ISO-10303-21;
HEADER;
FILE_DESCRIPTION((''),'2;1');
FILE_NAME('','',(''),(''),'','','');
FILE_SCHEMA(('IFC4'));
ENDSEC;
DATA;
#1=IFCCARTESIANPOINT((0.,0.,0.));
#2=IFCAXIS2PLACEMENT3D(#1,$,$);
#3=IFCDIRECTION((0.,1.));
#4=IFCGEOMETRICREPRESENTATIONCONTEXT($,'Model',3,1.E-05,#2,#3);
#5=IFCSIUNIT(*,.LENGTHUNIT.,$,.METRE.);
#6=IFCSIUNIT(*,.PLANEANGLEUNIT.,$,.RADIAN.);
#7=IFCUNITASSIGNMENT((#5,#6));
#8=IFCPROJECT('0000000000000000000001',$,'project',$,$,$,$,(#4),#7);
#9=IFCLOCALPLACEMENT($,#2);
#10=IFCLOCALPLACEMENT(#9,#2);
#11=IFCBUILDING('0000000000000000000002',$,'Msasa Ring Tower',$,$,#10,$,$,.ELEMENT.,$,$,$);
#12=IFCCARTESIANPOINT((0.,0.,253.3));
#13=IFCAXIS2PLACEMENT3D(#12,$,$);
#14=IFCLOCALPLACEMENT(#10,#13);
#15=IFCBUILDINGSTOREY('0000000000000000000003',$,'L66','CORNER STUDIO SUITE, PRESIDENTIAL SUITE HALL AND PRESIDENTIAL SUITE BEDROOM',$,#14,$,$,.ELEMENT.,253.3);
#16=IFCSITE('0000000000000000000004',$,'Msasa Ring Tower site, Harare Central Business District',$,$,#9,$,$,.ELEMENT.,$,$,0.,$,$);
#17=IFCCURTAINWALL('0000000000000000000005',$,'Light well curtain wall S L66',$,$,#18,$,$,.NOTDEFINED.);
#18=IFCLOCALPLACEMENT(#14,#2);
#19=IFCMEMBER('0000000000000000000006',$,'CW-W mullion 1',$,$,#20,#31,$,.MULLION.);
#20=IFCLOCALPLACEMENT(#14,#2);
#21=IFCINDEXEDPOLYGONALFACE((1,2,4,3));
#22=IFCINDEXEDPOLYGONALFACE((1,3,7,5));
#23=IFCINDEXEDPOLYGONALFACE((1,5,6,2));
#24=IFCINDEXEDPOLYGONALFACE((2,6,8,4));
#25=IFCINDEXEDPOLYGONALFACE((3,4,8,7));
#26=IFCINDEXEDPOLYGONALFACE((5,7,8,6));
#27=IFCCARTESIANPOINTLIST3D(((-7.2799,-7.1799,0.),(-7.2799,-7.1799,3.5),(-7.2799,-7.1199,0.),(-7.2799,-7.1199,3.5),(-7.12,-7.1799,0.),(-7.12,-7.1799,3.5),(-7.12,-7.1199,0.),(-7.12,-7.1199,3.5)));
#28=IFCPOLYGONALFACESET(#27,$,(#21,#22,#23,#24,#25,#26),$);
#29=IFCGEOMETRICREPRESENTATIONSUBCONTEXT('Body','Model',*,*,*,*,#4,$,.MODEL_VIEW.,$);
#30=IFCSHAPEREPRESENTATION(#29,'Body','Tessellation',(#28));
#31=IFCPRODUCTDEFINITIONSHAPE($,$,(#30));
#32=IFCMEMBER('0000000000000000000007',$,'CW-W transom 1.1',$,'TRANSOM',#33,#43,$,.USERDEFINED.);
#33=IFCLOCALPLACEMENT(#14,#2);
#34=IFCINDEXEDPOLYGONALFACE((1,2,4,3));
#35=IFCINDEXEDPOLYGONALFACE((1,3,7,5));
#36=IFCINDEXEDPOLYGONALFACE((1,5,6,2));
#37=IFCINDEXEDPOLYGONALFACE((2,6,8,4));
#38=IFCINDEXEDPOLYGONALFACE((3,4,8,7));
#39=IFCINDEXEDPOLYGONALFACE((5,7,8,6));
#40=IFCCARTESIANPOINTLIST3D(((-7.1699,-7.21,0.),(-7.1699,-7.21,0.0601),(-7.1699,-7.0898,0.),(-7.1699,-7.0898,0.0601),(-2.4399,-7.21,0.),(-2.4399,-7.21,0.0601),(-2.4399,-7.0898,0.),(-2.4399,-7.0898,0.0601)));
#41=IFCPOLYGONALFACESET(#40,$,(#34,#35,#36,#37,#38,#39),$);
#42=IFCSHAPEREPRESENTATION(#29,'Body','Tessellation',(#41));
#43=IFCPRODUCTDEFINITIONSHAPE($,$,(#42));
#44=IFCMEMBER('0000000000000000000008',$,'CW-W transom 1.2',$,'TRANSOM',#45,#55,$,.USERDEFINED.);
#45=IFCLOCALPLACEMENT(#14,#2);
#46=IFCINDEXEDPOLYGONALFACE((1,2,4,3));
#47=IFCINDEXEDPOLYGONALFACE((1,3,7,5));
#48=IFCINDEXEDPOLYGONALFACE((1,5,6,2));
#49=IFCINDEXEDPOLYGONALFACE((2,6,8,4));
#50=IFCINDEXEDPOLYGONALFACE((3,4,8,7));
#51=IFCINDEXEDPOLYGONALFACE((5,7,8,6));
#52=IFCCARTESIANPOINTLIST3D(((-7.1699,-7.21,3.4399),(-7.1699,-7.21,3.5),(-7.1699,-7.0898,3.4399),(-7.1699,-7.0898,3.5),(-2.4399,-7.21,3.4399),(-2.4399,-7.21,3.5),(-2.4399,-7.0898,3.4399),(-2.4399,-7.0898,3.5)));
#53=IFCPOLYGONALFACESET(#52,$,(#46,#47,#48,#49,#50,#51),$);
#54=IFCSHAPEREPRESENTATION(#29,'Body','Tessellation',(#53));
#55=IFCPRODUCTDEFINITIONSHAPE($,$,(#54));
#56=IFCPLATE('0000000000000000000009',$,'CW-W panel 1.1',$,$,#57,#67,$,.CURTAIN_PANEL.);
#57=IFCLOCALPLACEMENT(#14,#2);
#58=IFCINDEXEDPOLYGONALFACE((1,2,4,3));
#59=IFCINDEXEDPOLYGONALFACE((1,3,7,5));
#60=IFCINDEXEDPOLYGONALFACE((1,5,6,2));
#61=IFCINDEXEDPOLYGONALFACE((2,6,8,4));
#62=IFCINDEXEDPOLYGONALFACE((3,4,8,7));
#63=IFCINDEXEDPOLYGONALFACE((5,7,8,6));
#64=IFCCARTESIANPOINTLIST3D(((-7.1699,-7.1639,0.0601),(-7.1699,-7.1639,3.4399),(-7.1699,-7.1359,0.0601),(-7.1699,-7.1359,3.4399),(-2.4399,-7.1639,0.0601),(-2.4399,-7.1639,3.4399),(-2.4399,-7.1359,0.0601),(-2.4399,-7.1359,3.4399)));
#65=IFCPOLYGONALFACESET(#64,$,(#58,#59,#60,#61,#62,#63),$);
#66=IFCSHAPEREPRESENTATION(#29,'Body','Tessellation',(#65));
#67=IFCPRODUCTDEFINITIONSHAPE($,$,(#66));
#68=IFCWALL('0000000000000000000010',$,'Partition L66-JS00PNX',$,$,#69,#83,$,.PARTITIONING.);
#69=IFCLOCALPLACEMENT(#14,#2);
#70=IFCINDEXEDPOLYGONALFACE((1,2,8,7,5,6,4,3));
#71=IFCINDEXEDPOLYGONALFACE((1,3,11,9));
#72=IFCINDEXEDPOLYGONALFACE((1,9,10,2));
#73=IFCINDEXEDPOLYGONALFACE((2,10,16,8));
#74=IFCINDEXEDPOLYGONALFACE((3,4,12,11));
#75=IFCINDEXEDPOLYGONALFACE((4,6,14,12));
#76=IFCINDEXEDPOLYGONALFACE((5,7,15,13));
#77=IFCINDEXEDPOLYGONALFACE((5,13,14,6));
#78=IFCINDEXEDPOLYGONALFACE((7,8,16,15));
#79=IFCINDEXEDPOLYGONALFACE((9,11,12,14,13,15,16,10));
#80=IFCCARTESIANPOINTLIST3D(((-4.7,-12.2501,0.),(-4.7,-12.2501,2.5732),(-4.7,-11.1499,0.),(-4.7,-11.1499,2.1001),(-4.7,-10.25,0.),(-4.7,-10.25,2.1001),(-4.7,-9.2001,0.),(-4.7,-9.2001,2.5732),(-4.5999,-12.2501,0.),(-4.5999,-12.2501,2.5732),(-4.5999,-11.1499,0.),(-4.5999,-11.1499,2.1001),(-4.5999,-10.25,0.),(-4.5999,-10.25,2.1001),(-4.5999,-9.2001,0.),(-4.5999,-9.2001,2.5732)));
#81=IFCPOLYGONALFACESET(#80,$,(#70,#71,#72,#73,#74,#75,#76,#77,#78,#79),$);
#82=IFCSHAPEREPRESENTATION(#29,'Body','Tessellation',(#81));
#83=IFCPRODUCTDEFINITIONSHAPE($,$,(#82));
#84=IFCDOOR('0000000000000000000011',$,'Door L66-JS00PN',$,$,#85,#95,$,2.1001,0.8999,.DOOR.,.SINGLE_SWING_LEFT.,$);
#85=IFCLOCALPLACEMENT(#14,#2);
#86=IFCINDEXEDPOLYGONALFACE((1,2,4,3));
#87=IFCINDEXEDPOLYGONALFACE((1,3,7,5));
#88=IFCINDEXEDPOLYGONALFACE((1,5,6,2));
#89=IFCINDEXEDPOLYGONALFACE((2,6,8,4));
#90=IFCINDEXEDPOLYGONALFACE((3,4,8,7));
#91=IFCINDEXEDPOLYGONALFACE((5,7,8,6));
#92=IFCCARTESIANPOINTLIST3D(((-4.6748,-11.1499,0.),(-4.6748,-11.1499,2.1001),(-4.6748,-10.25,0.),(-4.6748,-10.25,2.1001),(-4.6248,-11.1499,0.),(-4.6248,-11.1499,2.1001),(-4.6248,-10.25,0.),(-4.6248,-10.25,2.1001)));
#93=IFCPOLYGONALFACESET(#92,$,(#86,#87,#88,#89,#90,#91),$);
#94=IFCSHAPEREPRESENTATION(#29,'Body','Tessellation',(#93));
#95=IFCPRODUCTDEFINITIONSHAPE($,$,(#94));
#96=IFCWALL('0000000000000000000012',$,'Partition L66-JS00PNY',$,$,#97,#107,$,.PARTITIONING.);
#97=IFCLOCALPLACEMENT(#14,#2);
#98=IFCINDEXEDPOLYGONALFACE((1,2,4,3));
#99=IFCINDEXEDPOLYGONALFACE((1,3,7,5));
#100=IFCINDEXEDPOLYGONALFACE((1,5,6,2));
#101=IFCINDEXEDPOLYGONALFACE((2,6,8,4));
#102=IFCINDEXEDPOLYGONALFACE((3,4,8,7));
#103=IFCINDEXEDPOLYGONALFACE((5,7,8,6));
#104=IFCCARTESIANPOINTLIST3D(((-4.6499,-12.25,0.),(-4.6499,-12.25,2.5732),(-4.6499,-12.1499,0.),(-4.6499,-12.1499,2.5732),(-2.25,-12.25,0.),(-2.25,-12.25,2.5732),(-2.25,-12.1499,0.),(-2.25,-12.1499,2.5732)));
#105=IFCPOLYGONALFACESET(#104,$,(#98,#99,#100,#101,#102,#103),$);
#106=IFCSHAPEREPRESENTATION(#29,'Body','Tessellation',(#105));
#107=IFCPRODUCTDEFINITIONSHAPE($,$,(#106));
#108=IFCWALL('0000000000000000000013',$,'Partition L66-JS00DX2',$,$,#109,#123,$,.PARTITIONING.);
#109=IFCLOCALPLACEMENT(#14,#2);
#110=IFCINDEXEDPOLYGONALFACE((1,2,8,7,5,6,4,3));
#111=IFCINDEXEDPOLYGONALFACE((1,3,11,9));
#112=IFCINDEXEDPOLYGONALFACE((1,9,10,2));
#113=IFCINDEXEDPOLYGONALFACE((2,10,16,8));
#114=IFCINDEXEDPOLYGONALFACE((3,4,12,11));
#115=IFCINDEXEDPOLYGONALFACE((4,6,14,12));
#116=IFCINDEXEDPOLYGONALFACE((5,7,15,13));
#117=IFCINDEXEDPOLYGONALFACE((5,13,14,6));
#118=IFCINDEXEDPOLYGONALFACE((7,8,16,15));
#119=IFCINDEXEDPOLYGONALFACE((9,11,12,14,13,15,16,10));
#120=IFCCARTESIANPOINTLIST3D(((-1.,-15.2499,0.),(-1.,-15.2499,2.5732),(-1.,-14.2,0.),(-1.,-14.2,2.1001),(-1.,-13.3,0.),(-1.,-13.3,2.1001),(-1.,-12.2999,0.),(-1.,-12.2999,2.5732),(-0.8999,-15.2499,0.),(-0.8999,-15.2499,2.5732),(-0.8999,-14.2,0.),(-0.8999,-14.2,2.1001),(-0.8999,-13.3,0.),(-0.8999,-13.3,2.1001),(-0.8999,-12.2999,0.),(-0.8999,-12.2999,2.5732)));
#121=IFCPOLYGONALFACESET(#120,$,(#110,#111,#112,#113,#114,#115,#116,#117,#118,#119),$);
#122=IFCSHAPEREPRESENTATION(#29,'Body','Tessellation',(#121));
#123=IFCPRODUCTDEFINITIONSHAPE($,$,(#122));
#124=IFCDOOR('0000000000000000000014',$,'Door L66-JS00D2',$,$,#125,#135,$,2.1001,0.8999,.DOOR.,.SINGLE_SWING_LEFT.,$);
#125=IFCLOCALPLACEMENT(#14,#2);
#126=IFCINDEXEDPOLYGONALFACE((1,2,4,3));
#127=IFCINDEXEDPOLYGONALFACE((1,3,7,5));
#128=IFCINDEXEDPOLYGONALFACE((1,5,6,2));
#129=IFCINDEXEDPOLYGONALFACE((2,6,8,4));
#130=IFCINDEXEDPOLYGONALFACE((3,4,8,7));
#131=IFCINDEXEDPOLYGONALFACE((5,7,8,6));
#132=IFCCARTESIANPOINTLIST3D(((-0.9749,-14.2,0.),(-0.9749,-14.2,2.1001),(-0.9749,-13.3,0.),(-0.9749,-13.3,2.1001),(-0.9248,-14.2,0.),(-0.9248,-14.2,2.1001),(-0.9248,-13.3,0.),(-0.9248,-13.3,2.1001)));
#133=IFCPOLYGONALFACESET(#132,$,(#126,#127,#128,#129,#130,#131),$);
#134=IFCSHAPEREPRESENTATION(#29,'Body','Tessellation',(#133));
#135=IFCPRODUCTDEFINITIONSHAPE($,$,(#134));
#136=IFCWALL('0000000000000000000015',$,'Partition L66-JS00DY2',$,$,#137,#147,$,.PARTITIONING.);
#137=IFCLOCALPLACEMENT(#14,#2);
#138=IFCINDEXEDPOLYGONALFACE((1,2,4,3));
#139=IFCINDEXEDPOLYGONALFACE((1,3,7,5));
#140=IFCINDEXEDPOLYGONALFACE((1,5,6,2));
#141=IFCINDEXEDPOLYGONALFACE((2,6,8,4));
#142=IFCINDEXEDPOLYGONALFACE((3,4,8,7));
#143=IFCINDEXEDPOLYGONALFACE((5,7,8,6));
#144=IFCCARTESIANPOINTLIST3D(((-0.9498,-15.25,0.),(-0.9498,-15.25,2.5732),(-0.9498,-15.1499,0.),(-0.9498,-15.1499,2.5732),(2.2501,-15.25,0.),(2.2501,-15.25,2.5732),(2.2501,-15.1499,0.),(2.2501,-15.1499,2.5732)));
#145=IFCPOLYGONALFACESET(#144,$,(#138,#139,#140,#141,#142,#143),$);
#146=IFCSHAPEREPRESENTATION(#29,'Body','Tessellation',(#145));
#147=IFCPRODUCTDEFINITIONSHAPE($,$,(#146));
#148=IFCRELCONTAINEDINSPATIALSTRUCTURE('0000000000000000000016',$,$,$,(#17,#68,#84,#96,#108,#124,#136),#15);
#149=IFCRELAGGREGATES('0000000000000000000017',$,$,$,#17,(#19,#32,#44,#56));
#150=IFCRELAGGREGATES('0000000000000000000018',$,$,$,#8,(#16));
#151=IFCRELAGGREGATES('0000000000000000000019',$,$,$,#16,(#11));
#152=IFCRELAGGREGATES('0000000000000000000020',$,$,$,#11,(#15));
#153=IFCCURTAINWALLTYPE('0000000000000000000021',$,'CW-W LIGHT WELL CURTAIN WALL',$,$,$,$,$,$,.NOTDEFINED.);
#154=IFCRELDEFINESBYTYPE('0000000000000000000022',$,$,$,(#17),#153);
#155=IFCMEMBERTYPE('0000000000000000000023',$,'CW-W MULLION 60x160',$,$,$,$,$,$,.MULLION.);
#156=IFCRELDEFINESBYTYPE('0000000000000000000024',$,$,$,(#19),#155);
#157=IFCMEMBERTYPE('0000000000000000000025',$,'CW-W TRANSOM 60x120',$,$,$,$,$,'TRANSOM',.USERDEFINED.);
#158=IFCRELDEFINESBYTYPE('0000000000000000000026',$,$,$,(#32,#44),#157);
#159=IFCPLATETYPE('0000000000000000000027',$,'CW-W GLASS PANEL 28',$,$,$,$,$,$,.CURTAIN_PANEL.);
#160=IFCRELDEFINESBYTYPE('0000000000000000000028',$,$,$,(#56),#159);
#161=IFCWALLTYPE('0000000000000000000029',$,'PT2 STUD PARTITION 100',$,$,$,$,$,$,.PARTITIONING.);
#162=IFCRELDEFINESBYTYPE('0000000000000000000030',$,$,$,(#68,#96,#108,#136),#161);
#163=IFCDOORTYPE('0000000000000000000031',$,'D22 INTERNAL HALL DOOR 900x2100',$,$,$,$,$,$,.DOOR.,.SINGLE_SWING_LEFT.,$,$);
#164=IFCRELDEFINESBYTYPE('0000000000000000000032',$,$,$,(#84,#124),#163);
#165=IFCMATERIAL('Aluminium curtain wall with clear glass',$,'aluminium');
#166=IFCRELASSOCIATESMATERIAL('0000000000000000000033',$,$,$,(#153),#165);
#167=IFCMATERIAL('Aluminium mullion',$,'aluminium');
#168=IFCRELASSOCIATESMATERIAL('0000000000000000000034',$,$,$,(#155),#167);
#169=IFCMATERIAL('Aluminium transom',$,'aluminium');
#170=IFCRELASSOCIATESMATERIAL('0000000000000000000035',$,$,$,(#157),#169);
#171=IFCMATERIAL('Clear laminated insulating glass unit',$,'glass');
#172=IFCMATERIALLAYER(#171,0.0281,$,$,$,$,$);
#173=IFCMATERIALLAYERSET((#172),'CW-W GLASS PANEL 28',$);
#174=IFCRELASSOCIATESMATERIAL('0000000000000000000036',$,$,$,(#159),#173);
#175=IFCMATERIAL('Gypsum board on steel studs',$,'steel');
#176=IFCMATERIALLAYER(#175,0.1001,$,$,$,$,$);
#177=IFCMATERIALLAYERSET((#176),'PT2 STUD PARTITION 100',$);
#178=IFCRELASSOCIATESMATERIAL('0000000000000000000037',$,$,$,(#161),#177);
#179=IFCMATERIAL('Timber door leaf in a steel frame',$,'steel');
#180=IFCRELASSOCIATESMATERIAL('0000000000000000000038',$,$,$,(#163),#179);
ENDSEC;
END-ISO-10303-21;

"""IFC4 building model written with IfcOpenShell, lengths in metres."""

from ifc_helpers import new_model, si_unit, direction, frame, frame_2d, origin, origin_2d, place, context, subcontext, project, spatial, rectangle, extrude, material, layer, layer_set, material_profile, profile_set, type_object, element, fill, aggregate, save


model = new_model("IFC4")

# Units and contexts
model_context = context("Model", 3, precision=1e-05, world=origin(), true_north=direction((0.0, 1.0)))
body_context = subcontext(model_context, "Body", "Model", "MODEL_VIEW")
ifc_project = project(units=[si_unit("LENGTHUNIT", "METRE"), si_unit("PLANEANGLEUNIT", "RADIAN")], contexts=[model_context])

# Site, building, storey
site_placement = place(None, origin())
site = spatial("IfcSite", under=ifc_project, at=site_placement, Name="Msasa Ring Tower site, Harare Central Business District", CompositionType="ELEMENT", RefElevation=0.0)
building_placement = place(site_placement, origin())
building = spatial("IfcBuilding", under=site, at=building_placement, Name="Msasa Ring Tower", CompositionType="ELEMENT")
storey_placement = place(building_placement, frame((0.0, 0.0, 253.3)))
storey = spatial("IfcBuildingStorey", under=building, at=storey_placement, Name="L66", Description="CORNER STUDIO SUITE, PRESIDENTIAL SUITE HALL AND PRESIDENTIAL SUITE BEDROOM", CompositionType="ELEMENT", Elevation=253.3)

# Curtain wall, members, plate
ifc_material_1 = material(Name="Aluminium curtain wall with clear glass", Category="aluminium")
curtain_wall_type = type_object("IfcCurtainWallType", Name="CW-W LIGHT WELL CURTAIN WALL", PredefinedType="NOTDEFINED", material=ifc_material_1)
curtain_wall_placement = place(storey_placement, origin())
curtain_wall = element("IfcCurtainWall", 1, at=curtain_wall_placement, inside=storey, type_object=curtain_wall_type, Name="Light well curtain wall S L66", PredefinedType="NOTDEFINED")
ifc_material_2 = material(Name="Aluminium mullion", Category="aluminium")
ifc_material_profile_1 = material_profile(ifc_material_2, rectangle(XDim=0.0601, YDim=0.1599, at=origin_2d()), Name="AL 60x160")
ifc_profile_set_1 = profile_set([ifc_material_profile_1], Name="Aluminium mullion")
member_type_1 = type_object("IfcMemberType", Name="CW-W MULLION 60x160", PredefinedType="MULLION", material=ifc_profile_set_1)
member_1_placement = place(storey_placement, frame((-7.2, -7.1499, 0.0), z_axis=(0.0, 0.0, 1.0), x_axis=(0.0, 1.0, 0.0)))
member_1 = element("IfcMember", 2, at=member_1_placement, type_object=member_type_1, Name="CW-W mullion 1", PredefinedType="MULLION", context=body_context, shape_type="SweptSolid", body=[
    extrude(rectangle(XDim=0.0601, YDim=0.1599, at=origin_2d()), origin(), (0.0, 0.0, 1.0), 3.5),
])
ifc_material_3 = material(Name="Aluminium transom", Category="aluminium")
ifc_material_profile_2 = material_profile(ifc_material_3, rectangle(XDim=0.1201, YDim=0.0601, at=origin_2d()), Name="AL 60x120")
ifc_profile_set_2 = profile_set([ifc_material_profile_2], Name="Aluminium transom")
member_type_2 = type_object("IfcMemberType", Name="CW-W TRANSOM 60x120", ElementType="TRANSOM", PredefinedType="USERDEFINED", material=ifc_profile_set_2)
member_2_placement = place(storey_placement, frame((-7.1699, -7.1499, 0.03), z_axis=(1.0, 0.0, 0.0), x_axis=(0.0, 1.0, 0.0)))
member_2 = element("IfcMember", 3, at=member_2_placement, type_object=member_type_2, Name="CW-W transom 1.1", ObjectType="TRANSOM", PredefinedType="USERDEFINED", context=body_context, shape_type="SweptSolid", body=[
    extrude(rectangle(XDim=0.1201, YDim=0.0601, at=origin_2d()), origin(), (0.0, 0.0, 1.0), 4.73),
])
member_3_placement = place(storey_placement, frame((-7.1699, -7.1499, 3.47), z_axis=(1.0, 0.0, 0.0), x_axis=(0.0, 1.0, 0.0)))
member_3 = element("IfcMember", 4, at=member_3_placement, type_object=member_type_2, Name="CW-W transom 1.2", ObjectType="TRANSOM", PredefinedType="USERDEFINED", context=body_context, shape_type="SweptSolid", body=[
    extrude(rectangle(XDim=0.1201, YDim=0.0601, at=origin_2d()), origin(), (0.0, 0.0, 1.0), 4.73),
])
ifc_material_4 = material(Name="Clear laminated insulating glass unit", Category="glass")
ifc_layer_1 = layer(ifc_material_4, 0.0281)
ifc_layer_set_1 = layer_set([ifc_layer_1], Name="CW-W GLASS PANEL 28")
plate_type = type_object("IfcPlateType", Name="CW-W GLASS PANEL 28", PredefinedType="CURTAIN_PANEL", material=ifc_layer_set_1)
plate_placement = place(storey_placement, frame((-4.8049, -7.1499, 0.0601), z_axis=(0.0, 0.0, 1.0), x_axis=(1.0, 0.0, 0.0)))
plate = element("IfcPlate", 5, at=plate_placement, type_object=plate_type, Name="CW-W panel 1.1", PredefinedType="CURTAIN_PANEL", context=body_context, shape_type="SweptSolid", body=[
    extrude(rectangle(XDim=4.73, YDim=0.0281, at=origin_2d()), origin(), (0.0, 0.0, 1.0), 3.3799),
])
aggregate(curtain_wall, [member_1, member_2, member_3, plate])

# Wall, opening, door
ifc_material_5 = material(Name="Gypsum board on steel studs", Category="steel")
ifc_layer_2 = layer(ifc_material_5, 0.1001)
ifc_layer_set_2 = layer_set([ifc_layer_2], Name="PT2 STUD PARTITION 100")
wall_type_1 = type_object("IfcWallType", Name="PT2 STUD PARTITION 100", PredefinedType="PARTITIONING", material=ifc_layer_set_2)
wall_1_placement = place(storey_placement, frame((-4.6499, -12.25, 0.0), z_axis=(0.0, 0.0, 1.0), x_axis=(0.0, 1.0, 0.0)))
wall_1 = element("IfcWall", 6, at=wall_1_placement, inside=storey, type_object=wall_type_1, Name="Partition L66-JS00PNX", PredefinedType="PARTITIONING", context=body_context, shape_type="SweptSolid", body=[
    extrude(rectangle(XDim=3.05, YDim=0.1001, at=frame_2d((1.5249, 0.0))), origin(), (0.0, 0.0, 1.0), 2.5732),
])
opening_1_placement = place(wall_1_placement, frame((1.1001, 0.0, 0.0)))
opening_1 = element("IfcOpeningElement", 7, at=opening_1_placement, cuts=wall_1, PredefinedType="OPENING", context=body_context, shape_type="SweptSolid", body=[
    extrude(rectangle(XDim=0.8999, YDim=2.1001, at=frame_2d((0.45, 1.05))), frame((0.0, 0.0601, 0.0), z_axis=(0.0, -1.0, 0.0), x_axis=(1.0, 0.0, 0.0)), (0.0, 0.0, 1.0), 0.1201),
])
ifc_material_6 = material(Name="Timber door leaf in a steel frame", Category="steel")
door_type_1 = type_object("IfcDoorType", Name="D22 INTERNAL HALL DOOR 900x2100", OperationType="SINGLE_SWING_LEFT", PredefinedType="DOOR", material=ifc_material_6)
door_1_placement = place(opening_1_placement, origin())
door_1 = element("IfcDoor", 8, at=door_1_placement, inside=storey, type_object=door_type_1, Name="Door L66-JS00PN", OperationType="SINGLE_SWING_LEFT", OverallHeight=2.1001, OverallWidth=0.8999, PredefinedType="DOOR", context=body_context, shape_type="SweptSolid", body=[
    extrude(rectangle(XDim=0.8999, YDim=2.1001, at=frame_2d((0.45, 1.05))), frame((0.0, 0.0249, 0.0), z_axis=(0.0, -1.0, 0.0), x_axis=(1.0, 0.0, 0.0)), (0.0, 0.0, 1.0), 0.05),
])
fill(opening_1, door_1)

# Wall
wall_2_placement = place(storey_placement, frame((-4.6499, -12.2, 0.0), z_axis=(0.0, 0.0, 1.0), x_axis=(1.0, 0.0, 0.0)))
element("IfcWall", 9, at=wall_2_placement, inside=storey, type_object=wall_type_1, Name="Partition L66-JS00PNY", PredefinedType="PARTITIONING", context=body_context, shape_type="SweptSolid", body=[
    extrude(rectangle(XDim=2.3999, YDim=0.1001, at=frame_2d((1.2, 0.0))), origin(), (0.0, 0.0, 1.0), 2.5732),
])

# Wall, opening, door
wall_3_placement = place(storey_placement, frame((-0.95, -15.25, 0.0), z_axis=(0.0, 0.0, 1.0), x_axis=(0.0, 1.0, 0.0)))
wall_3 = element("IfcWall", 10, at=wall_3_placement, inside=storey, type_object=wall_type_1, Name="Partition L66-JS00DX2", PredefinedType="PARTITIONING", context=body_context, shape_type="SweptSolid", body=[
    extrude(rectangle(XDim=2.95, YDim=0.1001, at=frame_2d((1.4751, 0.0))), origin(), (0.0, 0.0, 1.0), 2.5732),
])
opening_2_placement = place(wall_3_placement, frame((1.05, 0.0, 0.0)))
opening_2 = element("IfcOpeningElement", 11, at=opening_2_placement, cuts=wall_3, PredefinedType="OPENING", context=body_context, shape_type="SweptSolid", body=[
    extrude(rectangle(XDim=0.8999, YDim=2.1001, at=frame_2d((0.45, 1.05))), frame((0.0, 0.0601, 0.0), z_axis=(0.0, -1.0, 0.0), x_axis=(1.0, 0.0, 0.0)), (0.0, 0.0, 1.0), 0.1201),
])
door_2_placement = place(opening_2_placement, origin())
door_2 = element("IfcDoor", 12, at=door_2_placement, inside=storey, type_object=door_type_1, Name="Door L66-JS00D2", OperationType="SINGLE_SWING_LEFT", OverallHeight=2.1001, OverallWidth=0.8999, PredefinedType="DOOR", context=body_context, shape_type="SweptSolid", body=[
    extrude(rectangle(XDim=0.8999, YDim=2.1001, at=frame_2d((0.45, 1.05))), frame((0.0, 0.0249, 0.0), z_axis=(0.0, -1.0, 0.0), x_axis=(1.0, 0.0, 0.0)), (0.0, 0.0, 1.0), 0.05),
])
fill(opening_2, door_2)

# Wall
wall_4_placement = place(storey_placement, frame((-0.95, -15.2, 0.0), z_axis=(0.0, 0.0, 1.0), x_axis=(1.0, 0.0, 0.0)))
element("IfcWall", 13, at=wall_4_placement, inside=storey, type_object=wall_type_1, Name="Partition L66-JS00DY2", PredefinedType="PARTITIONING", context=body_context, shape_type="SweptSolid", body=[
    extrude(rectangle(XDim=3.2, YDim=0.1001, at=frame_2d((1.6001, 0.0))), origin(), (0.0, 0.0, 1.0), 2.5732),
])

save(model, "model.ifc")
